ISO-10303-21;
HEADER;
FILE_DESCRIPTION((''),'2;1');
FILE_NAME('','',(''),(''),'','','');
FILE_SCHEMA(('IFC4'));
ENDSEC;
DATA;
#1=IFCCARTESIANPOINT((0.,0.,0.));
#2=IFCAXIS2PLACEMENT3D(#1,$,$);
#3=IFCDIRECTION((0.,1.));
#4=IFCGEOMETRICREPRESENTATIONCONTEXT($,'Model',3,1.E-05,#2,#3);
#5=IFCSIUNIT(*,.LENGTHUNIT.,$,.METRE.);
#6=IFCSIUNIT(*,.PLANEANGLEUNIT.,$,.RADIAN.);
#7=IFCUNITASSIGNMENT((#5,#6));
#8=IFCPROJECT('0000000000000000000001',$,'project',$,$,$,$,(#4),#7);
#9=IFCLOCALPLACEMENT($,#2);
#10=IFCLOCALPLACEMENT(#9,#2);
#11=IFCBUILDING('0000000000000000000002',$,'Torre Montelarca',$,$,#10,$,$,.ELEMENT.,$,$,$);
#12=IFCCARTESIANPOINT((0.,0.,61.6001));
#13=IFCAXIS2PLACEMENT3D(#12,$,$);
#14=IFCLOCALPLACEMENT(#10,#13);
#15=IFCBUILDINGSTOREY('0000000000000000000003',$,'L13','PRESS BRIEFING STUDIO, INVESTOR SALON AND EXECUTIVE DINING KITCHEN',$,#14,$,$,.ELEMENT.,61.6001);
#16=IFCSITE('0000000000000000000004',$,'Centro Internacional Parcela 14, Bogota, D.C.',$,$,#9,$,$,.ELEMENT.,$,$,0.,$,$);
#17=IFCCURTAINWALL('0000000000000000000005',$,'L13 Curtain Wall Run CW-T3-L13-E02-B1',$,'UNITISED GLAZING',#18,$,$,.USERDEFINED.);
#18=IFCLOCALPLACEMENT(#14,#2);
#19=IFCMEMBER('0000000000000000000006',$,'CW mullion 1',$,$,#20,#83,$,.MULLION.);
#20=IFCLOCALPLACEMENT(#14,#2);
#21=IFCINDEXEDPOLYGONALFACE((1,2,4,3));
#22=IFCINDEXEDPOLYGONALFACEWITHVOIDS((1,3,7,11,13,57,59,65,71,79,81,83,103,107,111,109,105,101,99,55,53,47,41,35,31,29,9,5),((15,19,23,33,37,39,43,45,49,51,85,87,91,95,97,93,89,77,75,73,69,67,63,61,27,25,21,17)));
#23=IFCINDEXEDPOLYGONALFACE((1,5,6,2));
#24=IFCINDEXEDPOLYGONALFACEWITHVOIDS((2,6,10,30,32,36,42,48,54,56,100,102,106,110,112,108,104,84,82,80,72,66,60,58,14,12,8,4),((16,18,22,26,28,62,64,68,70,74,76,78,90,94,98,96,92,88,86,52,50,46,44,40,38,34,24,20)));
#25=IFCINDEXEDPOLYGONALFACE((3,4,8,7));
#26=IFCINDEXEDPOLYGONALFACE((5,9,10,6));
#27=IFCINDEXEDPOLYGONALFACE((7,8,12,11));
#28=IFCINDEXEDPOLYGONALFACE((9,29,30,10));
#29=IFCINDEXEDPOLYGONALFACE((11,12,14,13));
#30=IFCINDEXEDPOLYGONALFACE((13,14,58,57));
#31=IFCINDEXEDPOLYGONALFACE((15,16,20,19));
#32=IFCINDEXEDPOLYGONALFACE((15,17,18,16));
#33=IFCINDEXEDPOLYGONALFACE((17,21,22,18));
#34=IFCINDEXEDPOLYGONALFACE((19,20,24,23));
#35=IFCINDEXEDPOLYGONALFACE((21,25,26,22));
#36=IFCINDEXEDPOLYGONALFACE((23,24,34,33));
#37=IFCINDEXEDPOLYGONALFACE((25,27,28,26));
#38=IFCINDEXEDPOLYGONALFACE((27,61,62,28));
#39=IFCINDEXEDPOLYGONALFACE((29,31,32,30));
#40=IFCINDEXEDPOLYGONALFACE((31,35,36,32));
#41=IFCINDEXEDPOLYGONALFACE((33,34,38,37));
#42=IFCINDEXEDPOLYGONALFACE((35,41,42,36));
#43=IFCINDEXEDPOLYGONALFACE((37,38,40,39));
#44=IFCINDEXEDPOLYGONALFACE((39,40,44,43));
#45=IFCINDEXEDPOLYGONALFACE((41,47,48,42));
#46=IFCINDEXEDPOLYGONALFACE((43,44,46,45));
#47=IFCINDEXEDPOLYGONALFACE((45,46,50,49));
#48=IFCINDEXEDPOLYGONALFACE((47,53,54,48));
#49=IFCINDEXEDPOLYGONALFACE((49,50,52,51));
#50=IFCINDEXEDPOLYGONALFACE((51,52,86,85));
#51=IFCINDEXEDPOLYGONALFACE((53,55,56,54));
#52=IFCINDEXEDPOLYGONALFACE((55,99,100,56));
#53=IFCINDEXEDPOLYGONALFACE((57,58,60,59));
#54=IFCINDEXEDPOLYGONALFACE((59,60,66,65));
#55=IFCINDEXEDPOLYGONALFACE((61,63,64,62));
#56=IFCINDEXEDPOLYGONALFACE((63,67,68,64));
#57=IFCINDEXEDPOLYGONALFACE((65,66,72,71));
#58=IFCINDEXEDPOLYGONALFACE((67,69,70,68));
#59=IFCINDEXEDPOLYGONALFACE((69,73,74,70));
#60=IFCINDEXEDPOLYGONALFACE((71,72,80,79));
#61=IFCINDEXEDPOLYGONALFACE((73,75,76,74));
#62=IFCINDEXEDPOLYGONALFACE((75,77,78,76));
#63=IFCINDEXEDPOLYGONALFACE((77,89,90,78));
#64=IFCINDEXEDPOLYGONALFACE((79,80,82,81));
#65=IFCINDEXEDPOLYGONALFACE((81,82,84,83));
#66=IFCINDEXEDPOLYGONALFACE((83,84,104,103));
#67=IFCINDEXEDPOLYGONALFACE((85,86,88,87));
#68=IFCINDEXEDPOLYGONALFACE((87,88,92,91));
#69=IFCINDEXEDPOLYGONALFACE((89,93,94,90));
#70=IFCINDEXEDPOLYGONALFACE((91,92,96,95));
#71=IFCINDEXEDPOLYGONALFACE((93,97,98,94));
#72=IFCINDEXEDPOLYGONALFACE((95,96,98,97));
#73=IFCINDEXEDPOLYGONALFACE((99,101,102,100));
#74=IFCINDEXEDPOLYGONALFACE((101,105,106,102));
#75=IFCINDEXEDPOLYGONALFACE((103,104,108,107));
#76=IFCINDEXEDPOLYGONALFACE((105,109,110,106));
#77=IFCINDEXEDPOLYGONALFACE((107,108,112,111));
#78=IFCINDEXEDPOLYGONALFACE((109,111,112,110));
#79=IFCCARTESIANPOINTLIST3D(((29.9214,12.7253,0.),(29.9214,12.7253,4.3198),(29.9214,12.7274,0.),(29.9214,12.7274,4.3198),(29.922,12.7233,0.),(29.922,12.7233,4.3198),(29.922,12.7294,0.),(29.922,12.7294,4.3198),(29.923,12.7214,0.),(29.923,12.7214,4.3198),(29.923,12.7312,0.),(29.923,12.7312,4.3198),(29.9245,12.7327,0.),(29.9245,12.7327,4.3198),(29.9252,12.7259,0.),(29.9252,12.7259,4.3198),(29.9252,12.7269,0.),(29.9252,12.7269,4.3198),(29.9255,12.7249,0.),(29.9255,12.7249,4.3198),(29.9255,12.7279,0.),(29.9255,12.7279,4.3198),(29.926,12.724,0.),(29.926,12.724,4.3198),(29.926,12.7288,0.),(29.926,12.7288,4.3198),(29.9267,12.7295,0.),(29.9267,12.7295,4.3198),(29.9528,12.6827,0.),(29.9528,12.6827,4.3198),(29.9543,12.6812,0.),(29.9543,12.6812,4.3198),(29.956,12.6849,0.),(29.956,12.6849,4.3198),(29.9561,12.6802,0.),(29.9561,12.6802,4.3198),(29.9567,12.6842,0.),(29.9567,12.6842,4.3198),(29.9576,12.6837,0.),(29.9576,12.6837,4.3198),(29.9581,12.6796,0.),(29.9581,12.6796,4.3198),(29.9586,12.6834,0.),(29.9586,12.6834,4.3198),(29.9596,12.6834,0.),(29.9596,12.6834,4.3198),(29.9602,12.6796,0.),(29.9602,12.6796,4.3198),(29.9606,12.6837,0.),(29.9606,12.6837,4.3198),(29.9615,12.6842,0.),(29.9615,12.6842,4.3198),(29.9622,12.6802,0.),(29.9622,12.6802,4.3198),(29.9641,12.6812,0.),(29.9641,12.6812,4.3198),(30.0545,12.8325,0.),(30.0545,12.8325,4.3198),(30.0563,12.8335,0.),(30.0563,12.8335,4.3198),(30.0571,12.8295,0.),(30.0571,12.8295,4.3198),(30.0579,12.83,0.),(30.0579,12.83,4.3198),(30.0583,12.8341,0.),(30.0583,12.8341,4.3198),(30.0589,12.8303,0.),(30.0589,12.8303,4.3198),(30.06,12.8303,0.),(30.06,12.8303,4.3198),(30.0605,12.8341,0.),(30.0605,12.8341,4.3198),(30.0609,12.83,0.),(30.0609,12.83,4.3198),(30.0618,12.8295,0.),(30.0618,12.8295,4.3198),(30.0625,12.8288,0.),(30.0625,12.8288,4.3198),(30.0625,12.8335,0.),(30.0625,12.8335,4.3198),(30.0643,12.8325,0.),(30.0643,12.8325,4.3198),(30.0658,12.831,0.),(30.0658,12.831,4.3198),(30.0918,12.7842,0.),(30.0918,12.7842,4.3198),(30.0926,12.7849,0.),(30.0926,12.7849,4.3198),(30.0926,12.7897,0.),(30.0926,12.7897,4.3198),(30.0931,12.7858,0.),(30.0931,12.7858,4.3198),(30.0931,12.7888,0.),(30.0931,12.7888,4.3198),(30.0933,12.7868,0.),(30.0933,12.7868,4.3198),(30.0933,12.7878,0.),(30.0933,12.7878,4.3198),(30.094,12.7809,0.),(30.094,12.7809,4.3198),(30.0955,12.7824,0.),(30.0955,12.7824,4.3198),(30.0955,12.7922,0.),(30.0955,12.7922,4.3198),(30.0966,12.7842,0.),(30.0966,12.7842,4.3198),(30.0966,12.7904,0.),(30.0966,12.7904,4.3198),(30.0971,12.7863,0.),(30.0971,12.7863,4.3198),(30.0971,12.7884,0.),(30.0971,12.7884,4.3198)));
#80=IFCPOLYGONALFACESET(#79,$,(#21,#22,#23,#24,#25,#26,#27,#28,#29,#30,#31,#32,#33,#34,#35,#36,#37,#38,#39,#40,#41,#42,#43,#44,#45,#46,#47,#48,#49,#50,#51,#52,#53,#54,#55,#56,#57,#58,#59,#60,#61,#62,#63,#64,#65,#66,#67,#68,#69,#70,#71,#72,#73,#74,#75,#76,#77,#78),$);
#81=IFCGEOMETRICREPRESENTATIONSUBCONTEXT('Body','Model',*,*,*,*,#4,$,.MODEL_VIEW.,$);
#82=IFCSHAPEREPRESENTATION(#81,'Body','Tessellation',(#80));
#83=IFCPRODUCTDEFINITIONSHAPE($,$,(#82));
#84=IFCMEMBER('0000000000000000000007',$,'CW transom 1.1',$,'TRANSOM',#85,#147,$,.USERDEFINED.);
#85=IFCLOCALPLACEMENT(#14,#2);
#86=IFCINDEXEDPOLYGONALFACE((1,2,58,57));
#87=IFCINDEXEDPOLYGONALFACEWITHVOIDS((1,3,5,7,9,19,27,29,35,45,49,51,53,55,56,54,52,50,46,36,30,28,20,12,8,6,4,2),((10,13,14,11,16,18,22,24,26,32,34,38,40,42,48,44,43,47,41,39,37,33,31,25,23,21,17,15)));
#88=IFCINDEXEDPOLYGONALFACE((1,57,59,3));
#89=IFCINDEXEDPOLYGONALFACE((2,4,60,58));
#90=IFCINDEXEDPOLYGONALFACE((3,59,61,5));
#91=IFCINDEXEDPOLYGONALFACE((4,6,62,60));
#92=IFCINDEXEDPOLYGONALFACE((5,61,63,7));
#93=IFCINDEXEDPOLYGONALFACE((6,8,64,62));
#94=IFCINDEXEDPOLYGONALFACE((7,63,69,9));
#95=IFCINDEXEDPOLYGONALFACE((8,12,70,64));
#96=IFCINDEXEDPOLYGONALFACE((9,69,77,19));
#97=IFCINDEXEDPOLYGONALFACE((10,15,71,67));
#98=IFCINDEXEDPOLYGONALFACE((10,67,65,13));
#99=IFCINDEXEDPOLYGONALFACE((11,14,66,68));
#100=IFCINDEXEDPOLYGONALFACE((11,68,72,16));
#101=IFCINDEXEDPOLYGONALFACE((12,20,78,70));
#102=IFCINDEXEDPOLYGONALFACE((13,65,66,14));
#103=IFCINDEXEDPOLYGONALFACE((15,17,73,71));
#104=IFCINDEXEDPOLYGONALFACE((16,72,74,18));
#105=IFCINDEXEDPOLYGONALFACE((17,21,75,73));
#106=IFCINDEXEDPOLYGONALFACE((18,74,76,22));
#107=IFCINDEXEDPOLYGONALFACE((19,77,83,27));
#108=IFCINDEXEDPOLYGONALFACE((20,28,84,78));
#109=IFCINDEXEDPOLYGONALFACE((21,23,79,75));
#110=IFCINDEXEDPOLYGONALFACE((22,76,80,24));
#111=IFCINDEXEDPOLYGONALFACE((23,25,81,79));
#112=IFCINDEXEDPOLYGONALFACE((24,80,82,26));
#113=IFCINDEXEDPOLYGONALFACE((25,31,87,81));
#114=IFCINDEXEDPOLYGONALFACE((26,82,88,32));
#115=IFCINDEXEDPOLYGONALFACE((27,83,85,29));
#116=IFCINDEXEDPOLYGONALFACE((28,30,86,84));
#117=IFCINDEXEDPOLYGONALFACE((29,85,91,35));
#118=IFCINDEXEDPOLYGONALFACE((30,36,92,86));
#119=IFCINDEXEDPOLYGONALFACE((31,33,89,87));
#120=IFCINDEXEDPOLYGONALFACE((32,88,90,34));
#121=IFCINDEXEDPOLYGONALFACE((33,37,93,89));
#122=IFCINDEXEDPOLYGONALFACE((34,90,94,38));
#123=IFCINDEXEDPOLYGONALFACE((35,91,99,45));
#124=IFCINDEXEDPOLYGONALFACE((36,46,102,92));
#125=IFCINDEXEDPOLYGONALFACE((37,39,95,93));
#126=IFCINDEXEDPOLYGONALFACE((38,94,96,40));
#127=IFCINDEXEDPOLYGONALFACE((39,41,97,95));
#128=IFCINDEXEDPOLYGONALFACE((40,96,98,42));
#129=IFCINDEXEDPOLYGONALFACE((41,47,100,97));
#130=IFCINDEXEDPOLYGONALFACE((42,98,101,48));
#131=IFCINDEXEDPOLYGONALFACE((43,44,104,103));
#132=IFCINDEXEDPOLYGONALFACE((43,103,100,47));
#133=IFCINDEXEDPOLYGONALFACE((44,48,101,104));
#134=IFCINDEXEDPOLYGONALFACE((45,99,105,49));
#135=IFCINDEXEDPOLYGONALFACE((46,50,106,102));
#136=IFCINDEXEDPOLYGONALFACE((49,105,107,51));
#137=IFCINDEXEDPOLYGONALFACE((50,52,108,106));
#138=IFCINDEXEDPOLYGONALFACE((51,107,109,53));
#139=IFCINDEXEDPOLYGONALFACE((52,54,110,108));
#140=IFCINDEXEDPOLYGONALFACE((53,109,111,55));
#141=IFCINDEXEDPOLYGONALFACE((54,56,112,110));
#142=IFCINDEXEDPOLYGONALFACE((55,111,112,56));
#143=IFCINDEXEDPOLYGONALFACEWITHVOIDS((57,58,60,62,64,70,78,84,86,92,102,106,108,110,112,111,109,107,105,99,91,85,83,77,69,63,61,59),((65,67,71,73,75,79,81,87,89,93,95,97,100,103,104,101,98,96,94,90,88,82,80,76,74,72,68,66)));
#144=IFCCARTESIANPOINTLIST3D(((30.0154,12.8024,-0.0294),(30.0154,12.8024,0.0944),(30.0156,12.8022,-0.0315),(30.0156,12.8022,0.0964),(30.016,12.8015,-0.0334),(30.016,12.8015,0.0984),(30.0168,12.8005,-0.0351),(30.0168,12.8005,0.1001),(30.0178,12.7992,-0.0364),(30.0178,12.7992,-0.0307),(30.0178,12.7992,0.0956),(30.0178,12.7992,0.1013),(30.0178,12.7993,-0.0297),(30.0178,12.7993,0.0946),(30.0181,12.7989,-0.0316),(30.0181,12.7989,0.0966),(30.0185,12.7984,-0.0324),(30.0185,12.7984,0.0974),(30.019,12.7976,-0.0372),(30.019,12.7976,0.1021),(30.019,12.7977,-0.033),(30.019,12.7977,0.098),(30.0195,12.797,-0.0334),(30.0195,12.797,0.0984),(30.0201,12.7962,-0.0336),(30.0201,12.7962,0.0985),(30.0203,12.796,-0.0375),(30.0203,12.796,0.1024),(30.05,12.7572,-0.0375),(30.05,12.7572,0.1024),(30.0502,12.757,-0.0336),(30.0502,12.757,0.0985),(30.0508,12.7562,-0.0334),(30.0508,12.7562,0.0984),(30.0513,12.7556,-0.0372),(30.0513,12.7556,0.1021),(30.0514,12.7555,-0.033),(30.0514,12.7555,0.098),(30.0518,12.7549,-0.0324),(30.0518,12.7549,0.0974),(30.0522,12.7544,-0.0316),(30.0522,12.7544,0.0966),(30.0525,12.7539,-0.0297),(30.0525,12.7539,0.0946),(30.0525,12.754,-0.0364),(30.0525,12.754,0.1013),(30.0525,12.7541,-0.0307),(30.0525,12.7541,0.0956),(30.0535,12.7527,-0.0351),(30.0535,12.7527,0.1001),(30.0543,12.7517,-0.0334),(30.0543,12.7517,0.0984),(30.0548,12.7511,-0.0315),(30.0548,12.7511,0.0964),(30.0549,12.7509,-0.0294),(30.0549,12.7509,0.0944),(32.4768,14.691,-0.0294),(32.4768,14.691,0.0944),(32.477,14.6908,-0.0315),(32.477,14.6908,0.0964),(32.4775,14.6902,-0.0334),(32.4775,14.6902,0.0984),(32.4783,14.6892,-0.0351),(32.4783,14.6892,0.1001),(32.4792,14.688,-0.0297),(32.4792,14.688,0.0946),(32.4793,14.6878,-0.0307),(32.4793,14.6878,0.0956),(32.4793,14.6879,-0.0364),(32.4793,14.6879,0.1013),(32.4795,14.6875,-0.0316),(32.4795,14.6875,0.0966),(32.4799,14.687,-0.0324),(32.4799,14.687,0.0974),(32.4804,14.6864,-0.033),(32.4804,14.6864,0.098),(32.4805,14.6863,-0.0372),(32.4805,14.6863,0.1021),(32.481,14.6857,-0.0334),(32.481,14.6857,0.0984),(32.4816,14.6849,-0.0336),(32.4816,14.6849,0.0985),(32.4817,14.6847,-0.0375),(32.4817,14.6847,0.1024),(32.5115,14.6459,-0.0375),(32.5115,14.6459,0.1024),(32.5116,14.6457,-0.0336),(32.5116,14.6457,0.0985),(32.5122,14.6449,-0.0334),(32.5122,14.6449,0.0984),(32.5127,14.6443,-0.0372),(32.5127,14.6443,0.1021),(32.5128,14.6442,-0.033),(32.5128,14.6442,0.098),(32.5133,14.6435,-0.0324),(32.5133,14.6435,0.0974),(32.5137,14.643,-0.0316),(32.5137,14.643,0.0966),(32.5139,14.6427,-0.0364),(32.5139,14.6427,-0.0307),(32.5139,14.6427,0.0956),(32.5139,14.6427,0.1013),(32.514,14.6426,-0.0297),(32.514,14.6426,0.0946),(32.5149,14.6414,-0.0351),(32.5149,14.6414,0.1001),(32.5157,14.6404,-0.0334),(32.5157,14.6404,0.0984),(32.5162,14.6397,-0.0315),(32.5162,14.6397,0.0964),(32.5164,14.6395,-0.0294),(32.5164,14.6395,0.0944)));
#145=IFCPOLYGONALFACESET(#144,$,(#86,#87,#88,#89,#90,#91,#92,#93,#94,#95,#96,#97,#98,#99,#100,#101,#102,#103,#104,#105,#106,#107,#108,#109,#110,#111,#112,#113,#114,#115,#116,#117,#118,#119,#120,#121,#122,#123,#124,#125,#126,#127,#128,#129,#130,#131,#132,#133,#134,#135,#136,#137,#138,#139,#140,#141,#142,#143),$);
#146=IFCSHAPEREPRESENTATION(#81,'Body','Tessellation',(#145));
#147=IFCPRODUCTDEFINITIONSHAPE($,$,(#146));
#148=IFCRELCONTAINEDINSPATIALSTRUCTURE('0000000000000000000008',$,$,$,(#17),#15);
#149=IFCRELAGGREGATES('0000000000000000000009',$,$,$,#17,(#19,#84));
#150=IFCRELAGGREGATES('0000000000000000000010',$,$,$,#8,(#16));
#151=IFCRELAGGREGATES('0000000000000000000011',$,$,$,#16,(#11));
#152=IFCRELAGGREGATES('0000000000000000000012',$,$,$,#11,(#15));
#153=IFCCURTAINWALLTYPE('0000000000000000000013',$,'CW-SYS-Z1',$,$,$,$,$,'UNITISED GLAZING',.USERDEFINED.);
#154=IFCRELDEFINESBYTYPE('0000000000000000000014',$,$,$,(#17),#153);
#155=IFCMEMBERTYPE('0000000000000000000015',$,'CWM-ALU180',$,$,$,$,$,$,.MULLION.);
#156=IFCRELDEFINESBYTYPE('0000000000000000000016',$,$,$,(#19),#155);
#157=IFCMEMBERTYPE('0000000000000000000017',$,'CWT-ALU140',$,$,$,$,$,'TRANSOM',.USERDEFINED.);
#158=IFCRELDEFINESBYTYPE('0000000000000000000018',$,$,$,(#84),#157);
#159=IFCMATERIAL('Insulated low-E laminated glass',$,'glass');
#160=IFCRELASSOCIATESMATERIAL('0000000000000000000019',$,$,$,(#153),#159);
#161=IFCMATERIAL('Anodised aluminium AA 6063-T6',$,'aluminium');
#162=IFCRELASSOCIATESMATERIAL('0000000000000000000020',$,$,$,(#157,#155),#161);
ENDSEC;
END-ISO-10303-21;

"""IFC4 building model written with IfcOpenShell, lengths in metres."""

from ifc_helpers import new_model, si_unit, direction, frame, origin, origin_2d, place, context, subcontext, project, spatial, hollow_rectangle, extrude, source, transform, mapped, material, material_profile, profile_set, type_object, element, aggregate, save


model = new_model("IFC4")

# Units and contexts
model_context = context("Model", 3, precision=1e-05, world=origin(), true_north=direction((0.0, 1.0)))
body_context = subcontext(model_context, "Body", "Model", "MODEL_VIEW")
ifc_project = project(units=[si_unit("LENGTHUNIT", "METRE"), si_unit("PLANEANGLEUNIT", "RADIAN")], contexts=[model_context])

# Site, building, storey
site_placement = place(None, origin())
site = spatial("IfcSite", under=ifc_project, at=site_placement, Name="Centro Internacional Parcela 14, Bogota, D.C.", CompositionType="ELEMENT", RefElevation=0.0)
building_placement = place(site_placement, origin())
building = spatial("IfcBuilding", under=site, at=building_placement, Name="Torre Montelarca", CompositionType="ELEMENT")
storey_placement = place(building_placement, frame((0.0, 0.0, 61.6001)))
storey = spatial("IfcBuildingStorey", under=building, at=storey_placement, Name="L13", Description="PRESS BRIEFING STUDIO, INVESTOR SALON AND EXECUTIVE DINING KITCHEN", CompositionType="ELEMENT", Elevation=61.6001)

# Shared definitions
ifc_material_1 = material(Name="Insulated low-E laminated glass", Category="glass")
curtain_wall_type = type_object("IfcCurtainWallType", Name="CW-SYS-Z1", ElementType="UNITISED GLAZING", PredefinedType="USERDEFINED", material=ifc_material_1)
ifc_material_2 = material(Name="Anodised aluminium AA 6063-T6", Category="aluminium")
ifc_material_profile_1 = material_profile(ifc_material_2, hollow_rectangle(XDim=0.0649, YDim=0.1399, WallThickness=0.0039, InnerFilletRadius=0.0039, OuterFilletRadius=0.0081, at=origin_2d()), Name="ALU65X140X4", Category="aluminium")
ifc_profile_set_1 = profile_set([ifc_material_profile_1], Name="Anodised aluminium AA 6063-T6")
member_type_1 = type_object("IfcMemberType", Name="CWT-ALU140", ElementType="TRANSOM", PredefinedType="USERDEFINED", material=ifc_profile_set_1)

# Shared definitions
ifc_material_profile_2 = material_profile(ifc_material_2, hollow_rectangle(XDim=0.0649, YDim=0.1799, WallThickness=0.0039, InnerFilletRadius=0.0039, OuterFilletRadius=0.0081, at=origin_2d()), Name="ALU65X180X4", Category="aluminium")
ifc_profile_set_2 = profile_set([ifc_material_profile_2], Name="Anodised aluminium AA 6063-T6")
member_type_2 = type_object("IfcMemberType", Name="CWM-ALU180", PredefinedType="MULLION", material=ifc_profile_set_2)
shared_shape_1 = source(origin(), body_context, "Body", "SweptSolid", [
    extrude(hollow_rectangle(XDim=0.0649, YDim=0.1799, WallThickness=0.0039, InnerFilletRadius=0.0039, OuterFilletRadius=0.0081, at=origin_2d()), origin(), (0.0, 0.0, 1.0), 4.3198),
])

# Curtain wall, members
curtain_wall_1_placement = place(storey_placement, origin())
curtain_wall_1 = element("IfcCurtainWall", 1, at=curtain_wall_1_placement, inside=storey, type_object=curtain_wall_type, Name="L13 Curtain Wall Run CW-T3-L13-E02-B1", ObjectType="UNITISED GLAZING", PredefinedType="USERDEFINED")
member_1_placement = place(storey_placement, frame((30.0093, 12.7568, 0.0), z_axis=(0.0, 0.0, 1.0), x_axis=(-0.608757, 0.793357, 0.0)))
member_1 = element("IfcMember", 2, at=member_1_placement, type_object=member_type_2, Name="CW mullion 1", PredefinedType="MULLION", context=body_context, shape_type="MappedRepresentation", body=[
    mapped(shared_shape_1, transform((0.0, 0.0, 0.0), scale=1.0)),
])
shared_shape_2 = source(origin(), body_context, "Body", "SweptSolid", [
    extrude(hollow_rectangle(XDim=0.0649, YDim=0.1399, WallThickness=0.0039, InnerFilletRadius=0.0039, OuterFilletRadius=0.0081, at=origin_2d()), origin(), (0.0, 0.0, 1.0), 3.1025),
])
member_2_placement = place(storey_placement, frame((30.0352, 12.7766, 0.0325), z_axis=(0.793361, 0.608752, 0.0), x_axis=(-0.608752, 0.793361, 0.0)))
member_2 = element("IfcMember", 3, at=member_2_placement, type_object=member_type_1, Name="CW transom 1.1", ObjectType="TRANSOM", PredefinedType="USERDEFINED", context=body_context, shape_type="MappedRepresentation", body=[
    mapped(shared_shape_2, transform((0.0, 0.0, 0.0), scale=1.0)),
])

aggregate(curtain_wall_1, [member_1, member_2])

save(model, "model.ifc")
